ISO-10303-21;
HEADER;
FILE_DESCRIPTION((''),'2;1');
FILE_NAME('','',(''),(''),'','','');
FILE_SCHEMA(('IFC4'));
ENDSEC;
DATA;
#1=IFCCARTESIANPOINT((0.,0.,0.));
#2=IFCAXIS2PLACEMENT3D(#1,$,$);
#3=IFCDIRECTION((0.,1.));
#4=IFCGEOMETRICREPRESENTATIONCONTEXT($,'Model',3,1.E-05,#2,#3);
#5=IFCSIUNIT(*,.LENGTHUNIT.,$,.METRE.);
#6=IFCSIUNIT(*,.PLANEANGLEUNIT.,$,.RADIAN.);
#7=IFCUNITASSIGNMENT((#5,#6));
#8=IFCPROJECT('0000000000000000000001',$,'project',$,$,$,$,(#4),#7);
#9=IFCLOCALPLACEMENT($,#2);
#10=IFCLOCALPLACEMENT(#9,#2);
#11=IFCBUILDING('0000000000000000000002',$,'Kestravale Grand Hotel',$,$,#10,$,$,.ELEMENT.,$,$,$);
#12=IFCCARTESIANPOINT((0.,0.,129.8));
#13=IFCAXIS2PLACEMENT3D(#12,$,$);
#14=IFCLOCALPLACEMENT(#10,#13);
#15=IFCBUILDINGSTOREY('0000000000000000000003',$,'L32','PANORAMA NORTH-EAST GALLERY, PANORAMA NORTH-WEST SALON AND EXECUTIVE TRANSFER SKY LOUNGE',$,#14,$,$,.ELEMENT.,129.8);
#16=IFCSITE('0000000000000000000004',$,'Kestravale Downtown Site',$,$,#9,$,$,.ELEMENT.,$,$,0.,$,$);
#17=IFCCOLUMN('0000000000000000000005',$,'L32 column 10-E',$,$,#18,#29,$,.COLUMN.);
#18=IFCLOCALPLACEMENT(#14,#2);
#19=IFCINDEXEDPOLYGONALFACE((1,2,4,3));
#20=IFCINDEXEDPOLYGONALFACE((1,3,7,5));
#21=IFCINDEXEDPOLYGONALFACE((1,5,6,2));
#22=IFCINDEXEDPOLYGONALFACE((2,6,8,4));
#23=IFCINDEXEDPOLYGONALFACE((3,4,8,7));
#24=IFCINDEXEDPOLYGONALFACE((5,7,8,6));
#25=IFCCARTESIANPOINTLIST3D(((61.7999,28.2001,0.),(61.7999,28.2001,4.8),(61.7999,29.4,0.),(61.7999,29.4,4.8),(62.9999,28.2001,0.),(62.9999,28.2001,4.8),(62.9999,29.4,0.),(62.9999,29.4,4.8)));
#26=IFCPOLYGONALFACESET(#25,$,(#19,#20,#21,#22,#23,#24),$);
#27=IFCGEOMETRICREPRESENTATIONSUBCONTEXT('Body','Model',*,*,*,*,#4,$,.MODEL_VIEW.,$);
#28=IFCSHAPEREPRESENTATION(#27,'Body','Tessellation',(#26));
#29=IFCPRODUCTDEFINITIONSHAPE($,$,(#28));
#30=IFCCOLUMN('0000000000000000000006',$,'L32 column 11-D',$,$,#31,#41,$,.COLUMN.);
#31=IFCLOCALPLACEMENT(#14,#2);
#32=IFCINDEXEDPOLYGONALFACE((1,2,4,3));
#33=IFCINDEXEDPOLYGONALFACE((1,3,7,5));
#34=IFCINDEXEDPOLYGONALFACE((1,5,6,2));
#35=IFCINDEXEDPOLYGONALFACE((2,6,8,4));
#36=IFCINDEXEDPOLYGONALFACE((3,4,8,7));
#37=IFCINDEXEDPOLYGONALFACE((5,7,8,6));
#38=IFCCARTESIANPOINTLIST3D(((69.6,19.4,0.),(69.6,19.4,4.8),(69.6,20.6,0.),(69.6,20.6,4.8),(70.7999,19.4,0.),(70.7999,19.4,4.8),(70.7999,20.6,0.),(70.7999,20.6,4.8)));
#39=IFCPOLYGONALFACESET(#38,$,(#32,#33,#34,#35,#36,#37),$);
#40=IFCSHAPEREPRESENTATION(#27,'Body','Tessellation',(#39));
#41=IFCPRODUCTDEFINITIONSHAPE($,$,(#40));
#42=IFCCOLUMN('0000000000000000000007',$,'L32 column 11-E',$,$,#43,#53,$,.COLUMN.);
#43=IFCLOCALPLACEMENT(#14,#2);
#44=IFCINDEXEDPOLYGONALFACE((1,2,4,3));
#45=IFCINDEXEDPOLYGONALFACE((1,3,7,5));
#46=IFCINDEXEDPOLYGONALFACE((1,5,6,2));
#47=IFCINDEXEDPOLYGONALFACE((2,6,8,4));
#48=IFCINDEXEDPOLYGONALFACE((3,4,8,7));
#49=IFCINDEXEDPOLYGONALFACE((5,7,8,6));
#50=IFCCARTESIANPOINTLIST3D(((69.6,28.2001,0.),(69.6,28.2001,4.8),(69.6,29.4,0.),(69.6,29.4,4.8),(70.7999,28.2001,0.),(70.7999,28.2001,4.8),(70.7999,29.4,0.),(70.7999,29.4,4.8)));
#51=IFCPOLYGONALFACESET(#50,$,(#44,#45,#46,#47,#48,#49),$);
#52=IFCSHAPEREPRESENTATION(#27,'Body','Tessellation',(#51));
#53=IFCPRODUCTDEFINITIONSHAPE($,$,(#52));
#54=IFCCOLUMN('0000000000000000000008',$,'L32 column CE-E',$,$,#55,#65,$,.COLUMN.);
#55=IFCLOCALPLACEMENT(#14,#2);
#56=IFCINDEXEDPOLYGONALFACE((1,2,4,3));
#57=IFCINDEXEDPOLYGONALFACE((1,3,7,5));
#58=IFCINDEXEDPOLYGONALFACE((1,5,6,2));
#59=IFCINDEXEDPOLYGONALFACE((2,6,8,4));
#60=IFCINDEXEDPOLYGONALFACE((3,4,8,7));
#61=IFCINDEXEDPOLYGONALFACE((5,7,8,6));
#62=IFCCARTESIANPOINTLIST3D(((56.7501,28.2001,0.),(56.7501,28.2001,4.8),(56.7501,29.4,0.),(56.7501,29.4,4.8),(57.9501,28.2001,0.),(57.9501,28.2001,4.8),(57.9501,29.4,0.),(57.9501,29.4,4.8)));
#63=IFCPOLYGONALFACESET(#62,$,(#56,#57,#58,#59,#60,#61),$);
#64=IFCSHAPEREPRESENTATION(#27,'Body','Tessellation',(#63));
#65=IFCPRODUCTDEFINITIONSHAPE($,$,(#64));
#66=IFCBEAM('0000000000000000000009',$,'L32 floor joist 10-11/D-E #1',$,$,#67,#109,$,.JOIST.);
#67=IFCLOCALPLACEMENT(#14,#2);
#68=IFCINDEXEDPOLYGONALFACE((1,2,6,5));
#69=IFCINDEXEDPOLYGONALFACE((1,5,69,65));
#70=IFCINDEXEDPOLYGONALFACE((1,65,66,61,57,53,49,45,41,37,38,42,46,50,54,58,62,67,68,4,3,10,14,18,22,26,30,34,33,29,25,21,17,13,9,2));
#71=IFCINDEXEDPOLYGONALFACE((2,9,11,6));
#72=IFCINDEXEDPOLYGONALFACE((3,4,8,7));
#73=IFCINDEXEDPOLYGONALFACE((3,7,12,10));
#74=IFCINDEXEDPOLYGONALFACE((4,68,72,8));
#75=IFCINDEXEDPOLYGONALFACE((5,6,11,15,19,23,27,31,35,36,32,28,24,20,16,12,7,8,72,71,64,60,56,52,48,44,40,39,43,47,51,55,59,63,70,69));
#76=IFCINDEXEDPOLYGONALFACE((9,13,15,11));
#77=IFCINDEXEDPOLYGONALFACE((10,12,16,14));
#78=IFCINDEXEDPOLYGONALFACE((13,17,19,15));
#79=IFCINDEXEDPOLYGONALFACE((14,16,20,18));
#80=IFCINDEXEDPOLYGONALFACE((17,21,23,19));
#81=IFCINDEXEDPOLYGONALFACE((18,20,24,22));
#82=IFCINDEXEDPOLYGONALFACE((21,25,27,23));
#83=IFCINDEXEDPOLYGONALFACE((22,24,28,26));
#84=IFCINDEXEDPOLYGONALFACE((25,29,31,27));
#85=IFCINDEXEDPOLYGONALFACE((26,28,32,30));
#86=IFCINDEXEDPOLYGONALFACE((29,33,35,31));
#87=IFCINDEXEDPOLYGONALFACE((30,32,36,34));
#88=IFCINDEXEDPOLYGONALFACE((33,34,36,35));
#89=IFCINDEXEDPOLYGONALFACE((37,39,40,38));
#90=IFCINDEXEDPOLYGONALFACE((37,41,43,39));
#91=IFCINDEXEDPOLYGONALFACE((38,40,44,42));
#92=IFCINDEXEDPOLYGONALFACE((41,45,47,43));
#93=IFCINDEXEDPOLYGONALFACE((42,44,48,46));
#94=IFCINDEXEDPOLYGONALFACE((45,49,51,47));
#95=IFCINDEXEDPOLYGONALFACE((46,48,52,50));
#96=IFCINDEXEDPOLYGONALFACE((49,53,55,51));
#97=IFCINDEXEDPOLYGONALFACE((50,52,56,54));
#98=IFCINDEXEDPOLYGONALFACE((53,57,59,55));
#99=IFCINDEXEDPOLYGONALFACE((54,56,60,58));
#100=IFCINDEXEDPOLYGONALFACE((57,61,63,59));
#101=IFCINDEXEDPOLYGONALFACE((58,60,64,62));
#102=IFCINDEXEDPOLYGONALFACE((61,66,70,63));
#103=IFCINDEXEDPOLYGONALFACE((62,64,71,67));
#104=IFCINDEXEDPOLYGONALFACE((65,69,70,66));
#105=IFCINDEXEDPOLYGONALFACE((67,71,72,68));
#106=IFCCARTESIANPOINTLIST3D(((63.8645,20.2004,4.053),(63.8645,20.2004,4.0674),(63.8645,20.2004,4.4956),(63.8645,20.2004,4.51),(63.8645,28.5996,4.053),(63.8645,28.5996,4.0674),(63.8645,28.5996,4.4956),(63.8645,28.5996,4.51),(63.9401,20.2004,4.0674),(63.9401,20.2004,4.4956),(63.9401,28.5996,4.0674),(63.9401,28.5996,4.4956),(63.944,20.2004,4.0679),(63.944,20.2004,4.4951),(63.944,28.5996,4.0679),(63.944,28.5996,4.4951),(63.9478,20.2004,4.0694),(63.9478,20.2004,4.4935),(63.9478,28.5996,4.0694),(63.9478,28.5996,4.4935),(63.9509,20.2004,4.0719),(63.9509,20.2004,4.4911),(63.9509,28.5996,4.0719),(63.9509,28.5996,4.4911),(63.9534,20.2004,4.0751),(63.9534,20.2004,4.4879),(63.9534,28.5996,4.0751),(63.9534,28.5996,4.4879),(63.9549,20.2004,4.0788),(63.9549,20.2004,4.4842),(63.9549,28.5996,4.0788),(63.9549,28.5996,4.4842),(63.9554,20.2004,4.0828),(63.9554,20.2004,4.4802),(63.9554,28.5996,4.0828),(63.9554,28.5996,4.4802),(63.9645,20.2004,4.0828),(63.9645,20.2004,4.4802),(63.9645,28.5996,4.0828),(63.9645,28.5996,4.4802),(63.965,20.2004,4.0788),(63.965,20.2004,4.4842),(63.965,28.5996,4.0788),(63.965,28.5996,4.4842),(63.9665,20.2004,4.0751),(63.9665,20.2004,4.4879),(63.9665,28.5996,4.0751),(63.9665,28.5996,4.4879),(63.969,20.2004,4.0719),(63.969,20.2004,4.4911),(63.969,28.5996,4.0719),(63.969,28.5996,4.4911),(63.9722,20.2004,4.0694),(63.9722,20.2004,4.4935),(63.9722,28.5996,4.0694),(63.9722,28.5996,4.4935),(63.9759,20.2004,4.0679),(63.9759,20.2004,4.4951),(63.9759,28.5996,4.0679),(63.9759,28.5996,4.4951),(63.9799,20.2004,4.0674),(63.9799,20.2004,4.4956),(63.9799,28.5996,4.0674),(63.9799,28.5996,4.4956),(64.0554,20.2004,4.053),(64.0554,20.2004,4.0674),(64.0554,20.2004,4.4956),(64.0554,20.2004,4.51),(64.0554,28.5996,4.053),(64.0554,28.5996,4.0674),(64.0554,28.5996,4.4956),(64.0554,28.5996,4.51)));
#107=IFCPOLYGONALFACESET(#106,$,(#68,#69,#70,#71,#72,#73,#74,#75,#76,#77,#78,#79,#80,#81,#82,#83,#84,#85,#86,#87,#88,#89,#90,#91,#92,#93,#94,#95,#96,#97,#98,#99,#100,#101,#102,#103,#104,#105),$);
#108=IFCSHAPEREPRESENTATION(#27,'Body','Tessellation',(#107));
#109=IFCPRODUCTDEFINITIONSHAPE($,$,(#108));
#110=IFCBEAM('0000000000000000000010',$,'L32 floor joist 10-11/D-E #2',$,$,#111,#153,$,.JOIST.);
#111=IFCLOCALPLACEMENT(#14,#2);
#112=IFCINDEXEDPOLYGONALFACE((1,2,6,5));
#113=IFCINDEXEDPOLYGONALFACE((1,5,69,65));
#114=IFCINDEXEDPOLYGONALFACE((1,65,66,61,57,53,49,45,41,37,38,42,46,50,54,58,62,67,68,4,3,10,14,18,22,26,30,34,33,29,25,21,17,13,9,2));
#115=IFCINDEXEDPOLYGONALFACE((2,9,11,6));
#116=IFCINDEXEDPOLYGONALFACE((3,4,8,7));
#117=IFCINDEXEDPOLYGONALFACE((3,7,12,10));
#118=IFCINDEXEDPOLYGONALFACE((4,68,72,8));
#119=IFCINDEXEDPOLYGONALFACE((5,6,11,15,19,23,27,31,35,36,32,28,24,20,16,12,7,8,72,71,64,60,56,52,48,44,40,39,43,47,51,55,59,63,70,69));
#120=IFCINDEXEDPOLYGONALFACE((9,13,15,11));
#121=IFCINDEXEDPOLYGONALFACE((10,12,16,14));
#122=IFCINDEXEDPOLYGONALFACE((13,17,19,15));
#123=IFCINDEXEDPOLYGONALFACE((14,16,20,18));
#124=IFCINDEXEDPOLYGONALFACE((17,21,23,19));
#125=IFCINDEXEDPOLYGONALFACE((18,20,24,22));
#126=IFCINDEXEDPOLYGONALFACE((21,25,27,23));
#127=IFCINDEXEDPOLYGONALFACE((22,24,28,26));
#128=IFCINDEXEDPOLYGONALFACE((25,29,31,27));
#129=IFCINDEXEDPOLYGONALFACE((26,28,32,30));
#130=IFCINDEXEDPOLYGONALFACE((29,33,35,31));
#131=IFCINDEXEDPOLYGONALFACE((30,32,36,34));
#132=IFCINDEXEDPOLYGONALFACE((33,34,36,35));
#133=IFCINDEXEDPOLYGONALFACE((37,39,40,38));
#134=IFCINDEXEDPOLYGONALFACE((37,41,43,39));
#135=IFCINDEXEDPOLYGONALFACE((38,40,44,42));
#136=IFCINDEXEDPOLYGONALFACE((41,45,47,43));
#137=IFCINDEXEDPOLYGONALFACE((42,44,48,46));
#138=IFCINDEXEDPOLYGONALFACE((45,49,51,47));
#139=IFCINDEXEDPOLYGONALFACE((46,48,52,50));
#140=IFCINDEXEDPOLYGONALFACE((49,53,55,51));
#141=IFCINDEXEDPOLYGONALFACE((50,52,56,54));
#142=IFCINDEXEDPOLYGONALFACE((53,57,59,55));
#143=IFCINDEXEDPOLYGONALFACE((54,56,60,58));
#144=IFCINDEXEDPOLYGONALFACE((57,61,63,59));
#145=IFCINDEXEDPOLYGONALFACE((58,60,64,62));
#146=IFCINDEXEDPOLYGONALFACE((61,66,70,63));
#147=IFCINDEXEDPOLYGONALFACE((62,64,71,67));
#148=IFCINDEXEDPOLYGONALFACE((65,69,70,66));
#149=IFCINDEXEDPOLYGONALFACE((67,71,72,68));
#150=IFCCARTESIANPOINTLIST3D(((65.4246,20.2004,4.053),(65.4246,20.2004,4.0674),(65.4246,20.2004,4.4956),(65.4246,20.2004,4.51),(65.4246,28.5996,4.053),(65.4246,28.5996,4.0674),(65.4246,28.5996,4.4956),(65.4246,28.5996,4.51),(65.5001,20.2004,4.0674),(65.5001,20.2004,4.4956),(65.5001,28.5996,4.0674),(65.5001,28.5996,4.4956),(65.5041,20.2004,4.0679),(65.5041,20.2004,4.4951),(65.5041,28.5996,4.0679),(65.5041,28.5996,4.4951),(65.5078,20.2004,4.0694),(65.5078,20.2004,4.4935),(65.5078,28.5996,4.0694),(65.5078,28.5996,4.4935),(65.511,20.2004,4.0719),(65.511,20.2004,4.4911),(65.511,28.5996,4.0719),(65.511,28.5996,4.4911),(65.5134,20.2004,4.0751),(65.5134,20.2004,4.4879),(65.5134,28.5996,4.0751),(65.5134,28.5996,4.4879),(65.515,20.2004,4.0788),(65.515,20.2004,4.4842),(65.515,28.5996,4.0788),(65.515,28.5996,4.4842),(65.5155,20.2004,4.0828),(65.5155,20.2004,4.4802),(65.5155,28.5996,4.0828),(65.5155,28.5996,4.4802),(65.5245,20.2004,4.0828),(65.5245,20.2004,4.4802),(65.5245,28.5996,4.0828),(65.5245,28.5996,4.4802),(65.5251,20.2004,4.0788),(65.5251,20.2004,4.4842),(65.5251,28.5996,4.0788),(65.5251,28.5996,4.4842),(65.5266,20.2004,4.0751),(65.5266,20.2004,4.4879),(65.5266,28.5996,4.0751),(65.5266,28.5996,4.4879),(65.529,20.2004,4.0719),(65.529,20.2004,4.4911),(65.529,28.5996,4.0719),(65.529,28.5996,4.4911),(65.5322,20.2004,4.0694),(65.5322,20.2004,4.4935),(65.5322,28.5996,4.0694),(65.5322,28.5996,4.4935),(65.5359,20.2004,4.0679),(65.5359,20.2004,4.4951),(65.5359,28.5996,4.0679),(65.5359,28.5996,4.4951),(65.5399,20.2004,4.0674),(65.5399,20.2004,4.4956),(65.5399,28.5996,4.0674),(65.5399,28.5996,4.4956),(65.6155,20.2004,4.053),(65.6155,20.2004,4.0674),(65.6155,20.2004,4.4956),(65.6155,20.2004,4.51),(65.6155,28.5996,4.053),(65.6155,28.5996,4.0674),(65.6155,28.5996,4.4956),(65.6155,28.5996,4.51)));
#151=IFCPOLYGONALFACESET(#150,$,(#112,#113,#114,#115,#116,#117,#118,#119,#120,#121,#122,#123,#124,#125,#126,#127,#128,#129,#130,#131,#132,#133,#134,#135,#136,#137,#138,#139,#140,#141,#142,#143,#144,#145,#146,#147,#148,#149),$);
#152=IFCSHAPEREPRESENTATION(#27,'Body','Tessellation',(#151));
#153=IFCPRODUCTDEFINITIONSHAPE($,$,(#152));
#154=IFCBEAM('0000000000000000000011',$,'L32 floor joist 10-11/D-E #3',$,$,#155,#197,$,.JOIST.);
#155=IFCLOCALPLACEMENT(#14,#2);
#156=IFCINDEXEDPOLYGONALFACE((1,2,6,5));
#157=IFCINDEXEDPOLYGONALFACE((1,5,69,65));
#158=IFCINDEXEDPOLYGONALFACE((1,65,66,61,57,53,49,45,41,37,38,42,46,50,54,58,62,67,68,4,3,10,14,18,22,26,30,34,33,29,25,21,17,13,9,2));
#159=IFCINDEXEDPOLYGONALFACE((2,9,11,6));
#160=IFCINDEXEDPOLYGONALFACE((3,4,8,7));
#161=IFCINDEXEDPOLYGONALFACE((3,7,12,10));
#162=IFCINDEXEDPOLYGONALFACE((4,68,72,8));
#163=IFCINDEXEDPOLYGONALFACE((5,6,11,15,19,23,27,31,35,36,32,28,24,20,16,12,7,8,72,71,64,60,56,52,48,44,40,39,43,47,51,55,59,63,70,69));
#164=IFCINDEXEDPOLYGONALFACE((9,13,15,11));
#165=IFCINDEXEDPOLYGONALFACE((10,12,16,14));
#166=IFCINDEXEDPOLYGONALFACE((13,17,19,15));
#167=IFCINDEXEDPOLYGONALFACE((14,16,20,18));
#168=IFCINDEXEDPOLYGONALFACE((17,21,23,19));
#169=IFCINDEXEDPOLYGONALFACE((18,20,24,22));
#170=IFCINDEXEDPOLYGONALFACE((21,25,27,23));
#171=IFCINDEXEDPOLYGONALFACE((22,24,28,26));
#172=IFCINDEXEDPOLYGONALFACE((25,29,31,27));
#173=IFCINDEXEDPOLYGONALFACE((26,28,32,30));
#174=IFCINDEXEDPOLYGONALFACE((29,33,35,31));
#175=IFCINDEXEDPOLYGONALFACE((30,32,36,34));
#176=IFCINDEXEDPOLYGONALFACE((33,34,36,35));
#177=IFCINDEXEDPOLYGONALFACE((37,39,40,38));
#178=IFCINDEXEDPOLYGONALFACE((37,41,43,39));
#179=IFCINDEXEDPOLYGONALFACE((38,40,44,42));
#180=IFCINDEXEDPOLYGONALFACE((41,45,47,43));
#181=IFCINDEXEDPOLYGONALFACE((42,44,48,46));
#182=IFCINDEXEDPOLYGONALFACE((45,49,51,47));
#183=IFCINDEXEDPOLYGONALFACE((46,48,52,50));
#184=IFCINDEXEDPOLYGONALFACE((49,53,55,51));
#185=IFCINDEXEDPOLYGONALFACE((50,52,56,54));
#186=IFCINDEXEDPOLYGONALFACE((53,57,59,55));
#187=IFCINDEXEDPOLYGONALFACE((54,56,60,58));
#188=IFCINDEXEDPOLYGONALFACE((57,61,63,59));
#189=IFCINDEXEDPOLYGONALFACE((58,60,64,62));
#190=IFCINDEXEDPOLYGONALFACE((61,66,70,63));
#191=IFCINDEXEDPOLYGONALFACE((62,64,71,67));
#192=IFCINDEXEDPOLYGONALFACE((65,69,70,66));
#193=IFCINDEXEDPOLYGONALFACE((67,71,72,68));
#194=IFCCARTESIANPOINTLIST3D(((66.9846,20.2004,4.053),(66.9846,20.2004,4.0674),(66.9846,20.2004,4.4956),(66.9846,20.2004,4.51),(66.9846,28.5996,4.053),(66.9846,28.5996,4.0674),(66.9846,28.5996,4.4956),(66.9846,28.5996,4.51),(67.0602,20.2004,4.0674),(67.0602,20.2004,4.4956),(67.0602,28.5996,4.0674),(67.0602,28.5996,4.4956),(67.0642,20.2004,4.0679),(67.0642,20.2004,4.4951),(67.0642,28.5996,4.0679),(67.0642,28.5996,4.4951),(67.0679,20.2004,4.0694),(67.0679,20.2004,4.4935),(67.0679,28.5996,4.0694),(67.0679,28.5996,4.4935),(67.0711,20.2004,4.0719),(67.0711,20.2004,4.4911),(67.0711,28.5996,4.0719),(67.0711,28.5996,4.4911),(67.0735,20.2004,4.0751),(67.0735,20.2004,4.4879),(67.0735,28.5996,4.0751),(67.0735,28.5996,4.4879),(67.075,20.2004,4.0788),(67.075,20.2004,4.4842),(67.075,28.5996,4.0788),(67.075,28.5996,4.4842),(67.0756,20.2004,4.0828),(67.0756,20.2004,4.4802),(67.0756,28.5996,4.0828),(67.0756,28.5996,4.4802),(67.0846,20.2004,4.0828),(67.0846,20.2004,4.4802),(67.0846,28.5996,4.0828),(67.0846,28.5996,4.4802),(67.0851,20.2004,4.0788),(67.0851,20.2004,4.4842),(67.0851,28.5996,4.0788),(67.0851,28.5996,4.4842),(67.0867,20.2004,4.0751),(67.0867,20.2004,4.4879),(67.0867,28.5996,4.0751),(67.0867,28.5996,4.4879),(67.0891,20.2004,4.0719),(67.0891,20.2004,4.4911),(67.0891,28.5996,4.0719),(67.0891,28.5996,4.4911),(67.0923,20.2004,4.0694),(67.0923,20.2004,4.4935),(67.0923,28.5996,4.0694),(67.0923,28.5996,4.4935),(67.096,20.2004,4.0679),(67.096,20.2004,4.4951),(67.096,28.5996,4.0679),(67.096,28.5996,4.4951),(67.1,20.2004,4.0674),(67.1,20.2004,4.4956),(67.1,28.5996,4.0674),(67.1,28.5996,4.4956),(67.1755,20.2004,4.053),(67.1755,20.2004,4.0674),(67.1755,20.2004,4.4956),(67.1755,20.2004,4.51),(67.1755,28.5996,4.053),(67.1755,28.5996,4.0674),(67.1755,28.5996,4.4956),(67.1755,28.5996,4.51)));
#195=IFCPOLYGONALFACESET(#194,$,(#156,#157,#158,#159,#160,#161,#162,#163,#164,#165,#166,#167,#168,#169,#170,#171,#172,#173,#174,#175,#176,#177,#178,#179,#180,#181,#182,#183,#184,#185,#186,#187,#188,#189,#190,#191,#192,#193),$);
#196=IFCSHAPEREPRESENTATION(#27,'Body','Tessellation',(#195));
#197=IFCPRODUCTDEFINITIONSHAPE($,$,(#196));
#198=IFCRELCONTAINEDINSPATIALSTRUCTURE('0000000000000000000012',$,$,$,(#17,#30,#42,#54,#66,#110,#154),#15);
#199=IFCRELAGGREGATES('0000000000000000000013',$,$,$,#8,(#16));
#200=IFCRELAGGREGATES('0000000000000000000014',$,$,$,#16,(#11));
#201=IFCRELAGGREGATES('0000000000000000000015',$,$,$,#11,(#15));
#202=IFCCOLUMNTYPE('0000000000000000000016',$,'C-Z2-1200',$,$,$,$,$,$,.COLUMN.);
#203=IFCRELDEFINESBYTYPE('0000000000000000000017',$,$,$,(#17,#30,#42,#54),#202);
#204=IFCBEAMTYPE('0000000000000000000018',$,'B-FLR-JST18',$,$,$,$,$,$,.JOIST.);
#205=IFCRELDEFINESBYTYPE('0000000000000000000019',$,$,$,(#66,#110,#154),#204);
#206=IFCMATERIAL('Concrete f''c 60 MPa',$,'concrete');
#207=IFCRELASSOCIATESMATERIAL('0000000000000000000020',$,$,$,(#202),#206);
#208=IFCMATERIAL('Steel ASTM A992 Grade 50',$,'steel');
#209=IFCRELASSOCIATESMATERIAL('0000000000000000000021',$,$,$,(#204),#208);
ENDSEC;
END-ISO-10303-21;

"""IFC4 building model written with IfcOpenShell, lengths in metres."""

from ifc_helpers import new_model, si_unit, direction, frame, origin, origin_2d, place, context, subcontext, project, spatial, rectangle, i_section, extrude, material, material_profile, profile_set, type_object, element, save


model = new_model("IFC4")

# Units and contexts
model_context = context("Model", 3, precision=1e-05, world=origin(), true_north=direction((0.0, 1.0)))
body_context = subcontext(model_context, "Body", "Model", "MODEL_VIEW")
ifc_project = project(units=[si_unit("LENGTHUNIT", "METRE"), si_unit("PLANEANGLEUNIT", "RADIAN")], contexts=[model_context])

# Site, building, storey
site_placement = place(None, origin())
site = spatial("IfcSite", under=ifc_project, at=site_placement, Name="Kestravale Downtown Site", CompositionType="ELEMENT", RefElevation=0.0)
building_placement = place(site_placement, origin())
building = spatial("IfcBuilding", under=site, at=building_placement, Name="Kestravale Grand Hotel", CompositionType="ELEMENT")
storey_placement = place(building_placement, frame((0.0, 0.0, 129.8)))
storey = spatial("IfcBuildingStorey", under=building, at=storey_placement, Name="L32", Description="PANORAMA NORTH-EAST GALLERY, PANORAMA NORTH-WEST SALON AND EXECUTIVE TRANSFER SKY LOUNGE", CompositionType="ELEMENT", Elevation=129.8)

# Columns
ifc_material_1 = material(Name="Concrete f'c 60 MPa", Category="concrete")
ifc_material_profile_1 = material_profile(ifc_material_1, rectangle(XDim=1.2, YDim=1.2, at=origin_2d()))
ifc_profile_set_1 = profile_set([ifc_material_profile_1], Name="Concrete f'c 60 MPa")
column_type = type_object("IfcColumnType", Name="C-Z2-1200", PredefinedType="COLUMN", material=ifc_profile_set_1)
for number, where, z_axis, x_axis, name in (
    (1, (62.3999, 28.8, 0.0), (0.0, 0.0, 1.0), (1.0, 0.0, 0.0), "L32 column 10-E"),
    (2, (70.2, 20.0, 0.0), (0.0, 0.0, 1.0), (1.0, 0.0, 0.0), "L32 column 11-D"),
    (3, (70.2, 28.8, 0.0), (0.0, 0.0, 1.0), (1.0, 0.0, 0.0), "L32 column 11-E"),
    (4, (57.3501, 28.8, 0.0), (0.0, 0.0, 1.0), (1.0, 0.0, 0.0), "L32 column CE-E"),
):
    element("IfcColumn", number, at=place(storey_placement, frame(where, z_axis=z_axis, x_axis=x_axis)), inside=storey, type_object=column_type, Name=name, PredefinedType="COLUMN", context=body_context, shape_type="SweptSolid", body=[
        extrude(rectangle(XDim=1.2, YDim=1.2, at=origin_2d()), origin(), (0.0, 0.0, 1.0), 4.8),
    ])

# Beams
ifc_material_2 = material(Name="Steel ASTM A992 Grade 50", Category="steel")
ifc_material_profile_2 = material_profile(ifc_material_2, i_section(OverallWidth=0.1909, OverallDepth=0.457, WebThickness=0.009, FlangeThickness=0.0144, FilletRadius=0.0154, at=origin_2d()))
ifc_profile_set_2 = profile_set([ifc_material_profile_2], Name="Steel ASTM A992 Grade 50")
beam_type_1 = type_object("IfcBeamType", Name="B-FLR-JST18", PredefinedType="JOIST", material=ifc_profile_set_2)
for number, where, z_axis, x_axis, name in (
    (5, (63.96, 20.2004, 4.2815), (0.0, 1.0, 0.0), (-1.0, 0.0, 0.0), "L32 floor joist 10-11/D-E #1"),
    (6, (65.52, 20.2004, 4.2815), (0.0, 1.0, 0.0), (-1.0, 0.0, 0.0), "L32 floor joist 10-11/D-E #2"),
    (7, (67.0801, 20.2004, 4.2815), (0.0, 1.0, 0.0), (-1.0, 0.0, 0.0), "L32 floor joist 10-11/D-E #3"),
):
    element("IfcBeam", number, at=place(storey_placement, frame(where, z_axis=z_axis, x_axis=x_axis)), inside=storey, type_object=beam_type_1, Name=name, PredefinedType="JOIST", context=body_context, shape_type="SweptSolid", body=[
        extrude(i_section(OverallWidth=0.1909, OverallDepth=0.457, WebThickness=0.009, FlangeThickness=0.0144, FilletRadius=0.0154, at=origin_2d()), origin(), (0.0, 0.0, 1.0), 8.3992),
    ])

save(model, "model.ifc")
